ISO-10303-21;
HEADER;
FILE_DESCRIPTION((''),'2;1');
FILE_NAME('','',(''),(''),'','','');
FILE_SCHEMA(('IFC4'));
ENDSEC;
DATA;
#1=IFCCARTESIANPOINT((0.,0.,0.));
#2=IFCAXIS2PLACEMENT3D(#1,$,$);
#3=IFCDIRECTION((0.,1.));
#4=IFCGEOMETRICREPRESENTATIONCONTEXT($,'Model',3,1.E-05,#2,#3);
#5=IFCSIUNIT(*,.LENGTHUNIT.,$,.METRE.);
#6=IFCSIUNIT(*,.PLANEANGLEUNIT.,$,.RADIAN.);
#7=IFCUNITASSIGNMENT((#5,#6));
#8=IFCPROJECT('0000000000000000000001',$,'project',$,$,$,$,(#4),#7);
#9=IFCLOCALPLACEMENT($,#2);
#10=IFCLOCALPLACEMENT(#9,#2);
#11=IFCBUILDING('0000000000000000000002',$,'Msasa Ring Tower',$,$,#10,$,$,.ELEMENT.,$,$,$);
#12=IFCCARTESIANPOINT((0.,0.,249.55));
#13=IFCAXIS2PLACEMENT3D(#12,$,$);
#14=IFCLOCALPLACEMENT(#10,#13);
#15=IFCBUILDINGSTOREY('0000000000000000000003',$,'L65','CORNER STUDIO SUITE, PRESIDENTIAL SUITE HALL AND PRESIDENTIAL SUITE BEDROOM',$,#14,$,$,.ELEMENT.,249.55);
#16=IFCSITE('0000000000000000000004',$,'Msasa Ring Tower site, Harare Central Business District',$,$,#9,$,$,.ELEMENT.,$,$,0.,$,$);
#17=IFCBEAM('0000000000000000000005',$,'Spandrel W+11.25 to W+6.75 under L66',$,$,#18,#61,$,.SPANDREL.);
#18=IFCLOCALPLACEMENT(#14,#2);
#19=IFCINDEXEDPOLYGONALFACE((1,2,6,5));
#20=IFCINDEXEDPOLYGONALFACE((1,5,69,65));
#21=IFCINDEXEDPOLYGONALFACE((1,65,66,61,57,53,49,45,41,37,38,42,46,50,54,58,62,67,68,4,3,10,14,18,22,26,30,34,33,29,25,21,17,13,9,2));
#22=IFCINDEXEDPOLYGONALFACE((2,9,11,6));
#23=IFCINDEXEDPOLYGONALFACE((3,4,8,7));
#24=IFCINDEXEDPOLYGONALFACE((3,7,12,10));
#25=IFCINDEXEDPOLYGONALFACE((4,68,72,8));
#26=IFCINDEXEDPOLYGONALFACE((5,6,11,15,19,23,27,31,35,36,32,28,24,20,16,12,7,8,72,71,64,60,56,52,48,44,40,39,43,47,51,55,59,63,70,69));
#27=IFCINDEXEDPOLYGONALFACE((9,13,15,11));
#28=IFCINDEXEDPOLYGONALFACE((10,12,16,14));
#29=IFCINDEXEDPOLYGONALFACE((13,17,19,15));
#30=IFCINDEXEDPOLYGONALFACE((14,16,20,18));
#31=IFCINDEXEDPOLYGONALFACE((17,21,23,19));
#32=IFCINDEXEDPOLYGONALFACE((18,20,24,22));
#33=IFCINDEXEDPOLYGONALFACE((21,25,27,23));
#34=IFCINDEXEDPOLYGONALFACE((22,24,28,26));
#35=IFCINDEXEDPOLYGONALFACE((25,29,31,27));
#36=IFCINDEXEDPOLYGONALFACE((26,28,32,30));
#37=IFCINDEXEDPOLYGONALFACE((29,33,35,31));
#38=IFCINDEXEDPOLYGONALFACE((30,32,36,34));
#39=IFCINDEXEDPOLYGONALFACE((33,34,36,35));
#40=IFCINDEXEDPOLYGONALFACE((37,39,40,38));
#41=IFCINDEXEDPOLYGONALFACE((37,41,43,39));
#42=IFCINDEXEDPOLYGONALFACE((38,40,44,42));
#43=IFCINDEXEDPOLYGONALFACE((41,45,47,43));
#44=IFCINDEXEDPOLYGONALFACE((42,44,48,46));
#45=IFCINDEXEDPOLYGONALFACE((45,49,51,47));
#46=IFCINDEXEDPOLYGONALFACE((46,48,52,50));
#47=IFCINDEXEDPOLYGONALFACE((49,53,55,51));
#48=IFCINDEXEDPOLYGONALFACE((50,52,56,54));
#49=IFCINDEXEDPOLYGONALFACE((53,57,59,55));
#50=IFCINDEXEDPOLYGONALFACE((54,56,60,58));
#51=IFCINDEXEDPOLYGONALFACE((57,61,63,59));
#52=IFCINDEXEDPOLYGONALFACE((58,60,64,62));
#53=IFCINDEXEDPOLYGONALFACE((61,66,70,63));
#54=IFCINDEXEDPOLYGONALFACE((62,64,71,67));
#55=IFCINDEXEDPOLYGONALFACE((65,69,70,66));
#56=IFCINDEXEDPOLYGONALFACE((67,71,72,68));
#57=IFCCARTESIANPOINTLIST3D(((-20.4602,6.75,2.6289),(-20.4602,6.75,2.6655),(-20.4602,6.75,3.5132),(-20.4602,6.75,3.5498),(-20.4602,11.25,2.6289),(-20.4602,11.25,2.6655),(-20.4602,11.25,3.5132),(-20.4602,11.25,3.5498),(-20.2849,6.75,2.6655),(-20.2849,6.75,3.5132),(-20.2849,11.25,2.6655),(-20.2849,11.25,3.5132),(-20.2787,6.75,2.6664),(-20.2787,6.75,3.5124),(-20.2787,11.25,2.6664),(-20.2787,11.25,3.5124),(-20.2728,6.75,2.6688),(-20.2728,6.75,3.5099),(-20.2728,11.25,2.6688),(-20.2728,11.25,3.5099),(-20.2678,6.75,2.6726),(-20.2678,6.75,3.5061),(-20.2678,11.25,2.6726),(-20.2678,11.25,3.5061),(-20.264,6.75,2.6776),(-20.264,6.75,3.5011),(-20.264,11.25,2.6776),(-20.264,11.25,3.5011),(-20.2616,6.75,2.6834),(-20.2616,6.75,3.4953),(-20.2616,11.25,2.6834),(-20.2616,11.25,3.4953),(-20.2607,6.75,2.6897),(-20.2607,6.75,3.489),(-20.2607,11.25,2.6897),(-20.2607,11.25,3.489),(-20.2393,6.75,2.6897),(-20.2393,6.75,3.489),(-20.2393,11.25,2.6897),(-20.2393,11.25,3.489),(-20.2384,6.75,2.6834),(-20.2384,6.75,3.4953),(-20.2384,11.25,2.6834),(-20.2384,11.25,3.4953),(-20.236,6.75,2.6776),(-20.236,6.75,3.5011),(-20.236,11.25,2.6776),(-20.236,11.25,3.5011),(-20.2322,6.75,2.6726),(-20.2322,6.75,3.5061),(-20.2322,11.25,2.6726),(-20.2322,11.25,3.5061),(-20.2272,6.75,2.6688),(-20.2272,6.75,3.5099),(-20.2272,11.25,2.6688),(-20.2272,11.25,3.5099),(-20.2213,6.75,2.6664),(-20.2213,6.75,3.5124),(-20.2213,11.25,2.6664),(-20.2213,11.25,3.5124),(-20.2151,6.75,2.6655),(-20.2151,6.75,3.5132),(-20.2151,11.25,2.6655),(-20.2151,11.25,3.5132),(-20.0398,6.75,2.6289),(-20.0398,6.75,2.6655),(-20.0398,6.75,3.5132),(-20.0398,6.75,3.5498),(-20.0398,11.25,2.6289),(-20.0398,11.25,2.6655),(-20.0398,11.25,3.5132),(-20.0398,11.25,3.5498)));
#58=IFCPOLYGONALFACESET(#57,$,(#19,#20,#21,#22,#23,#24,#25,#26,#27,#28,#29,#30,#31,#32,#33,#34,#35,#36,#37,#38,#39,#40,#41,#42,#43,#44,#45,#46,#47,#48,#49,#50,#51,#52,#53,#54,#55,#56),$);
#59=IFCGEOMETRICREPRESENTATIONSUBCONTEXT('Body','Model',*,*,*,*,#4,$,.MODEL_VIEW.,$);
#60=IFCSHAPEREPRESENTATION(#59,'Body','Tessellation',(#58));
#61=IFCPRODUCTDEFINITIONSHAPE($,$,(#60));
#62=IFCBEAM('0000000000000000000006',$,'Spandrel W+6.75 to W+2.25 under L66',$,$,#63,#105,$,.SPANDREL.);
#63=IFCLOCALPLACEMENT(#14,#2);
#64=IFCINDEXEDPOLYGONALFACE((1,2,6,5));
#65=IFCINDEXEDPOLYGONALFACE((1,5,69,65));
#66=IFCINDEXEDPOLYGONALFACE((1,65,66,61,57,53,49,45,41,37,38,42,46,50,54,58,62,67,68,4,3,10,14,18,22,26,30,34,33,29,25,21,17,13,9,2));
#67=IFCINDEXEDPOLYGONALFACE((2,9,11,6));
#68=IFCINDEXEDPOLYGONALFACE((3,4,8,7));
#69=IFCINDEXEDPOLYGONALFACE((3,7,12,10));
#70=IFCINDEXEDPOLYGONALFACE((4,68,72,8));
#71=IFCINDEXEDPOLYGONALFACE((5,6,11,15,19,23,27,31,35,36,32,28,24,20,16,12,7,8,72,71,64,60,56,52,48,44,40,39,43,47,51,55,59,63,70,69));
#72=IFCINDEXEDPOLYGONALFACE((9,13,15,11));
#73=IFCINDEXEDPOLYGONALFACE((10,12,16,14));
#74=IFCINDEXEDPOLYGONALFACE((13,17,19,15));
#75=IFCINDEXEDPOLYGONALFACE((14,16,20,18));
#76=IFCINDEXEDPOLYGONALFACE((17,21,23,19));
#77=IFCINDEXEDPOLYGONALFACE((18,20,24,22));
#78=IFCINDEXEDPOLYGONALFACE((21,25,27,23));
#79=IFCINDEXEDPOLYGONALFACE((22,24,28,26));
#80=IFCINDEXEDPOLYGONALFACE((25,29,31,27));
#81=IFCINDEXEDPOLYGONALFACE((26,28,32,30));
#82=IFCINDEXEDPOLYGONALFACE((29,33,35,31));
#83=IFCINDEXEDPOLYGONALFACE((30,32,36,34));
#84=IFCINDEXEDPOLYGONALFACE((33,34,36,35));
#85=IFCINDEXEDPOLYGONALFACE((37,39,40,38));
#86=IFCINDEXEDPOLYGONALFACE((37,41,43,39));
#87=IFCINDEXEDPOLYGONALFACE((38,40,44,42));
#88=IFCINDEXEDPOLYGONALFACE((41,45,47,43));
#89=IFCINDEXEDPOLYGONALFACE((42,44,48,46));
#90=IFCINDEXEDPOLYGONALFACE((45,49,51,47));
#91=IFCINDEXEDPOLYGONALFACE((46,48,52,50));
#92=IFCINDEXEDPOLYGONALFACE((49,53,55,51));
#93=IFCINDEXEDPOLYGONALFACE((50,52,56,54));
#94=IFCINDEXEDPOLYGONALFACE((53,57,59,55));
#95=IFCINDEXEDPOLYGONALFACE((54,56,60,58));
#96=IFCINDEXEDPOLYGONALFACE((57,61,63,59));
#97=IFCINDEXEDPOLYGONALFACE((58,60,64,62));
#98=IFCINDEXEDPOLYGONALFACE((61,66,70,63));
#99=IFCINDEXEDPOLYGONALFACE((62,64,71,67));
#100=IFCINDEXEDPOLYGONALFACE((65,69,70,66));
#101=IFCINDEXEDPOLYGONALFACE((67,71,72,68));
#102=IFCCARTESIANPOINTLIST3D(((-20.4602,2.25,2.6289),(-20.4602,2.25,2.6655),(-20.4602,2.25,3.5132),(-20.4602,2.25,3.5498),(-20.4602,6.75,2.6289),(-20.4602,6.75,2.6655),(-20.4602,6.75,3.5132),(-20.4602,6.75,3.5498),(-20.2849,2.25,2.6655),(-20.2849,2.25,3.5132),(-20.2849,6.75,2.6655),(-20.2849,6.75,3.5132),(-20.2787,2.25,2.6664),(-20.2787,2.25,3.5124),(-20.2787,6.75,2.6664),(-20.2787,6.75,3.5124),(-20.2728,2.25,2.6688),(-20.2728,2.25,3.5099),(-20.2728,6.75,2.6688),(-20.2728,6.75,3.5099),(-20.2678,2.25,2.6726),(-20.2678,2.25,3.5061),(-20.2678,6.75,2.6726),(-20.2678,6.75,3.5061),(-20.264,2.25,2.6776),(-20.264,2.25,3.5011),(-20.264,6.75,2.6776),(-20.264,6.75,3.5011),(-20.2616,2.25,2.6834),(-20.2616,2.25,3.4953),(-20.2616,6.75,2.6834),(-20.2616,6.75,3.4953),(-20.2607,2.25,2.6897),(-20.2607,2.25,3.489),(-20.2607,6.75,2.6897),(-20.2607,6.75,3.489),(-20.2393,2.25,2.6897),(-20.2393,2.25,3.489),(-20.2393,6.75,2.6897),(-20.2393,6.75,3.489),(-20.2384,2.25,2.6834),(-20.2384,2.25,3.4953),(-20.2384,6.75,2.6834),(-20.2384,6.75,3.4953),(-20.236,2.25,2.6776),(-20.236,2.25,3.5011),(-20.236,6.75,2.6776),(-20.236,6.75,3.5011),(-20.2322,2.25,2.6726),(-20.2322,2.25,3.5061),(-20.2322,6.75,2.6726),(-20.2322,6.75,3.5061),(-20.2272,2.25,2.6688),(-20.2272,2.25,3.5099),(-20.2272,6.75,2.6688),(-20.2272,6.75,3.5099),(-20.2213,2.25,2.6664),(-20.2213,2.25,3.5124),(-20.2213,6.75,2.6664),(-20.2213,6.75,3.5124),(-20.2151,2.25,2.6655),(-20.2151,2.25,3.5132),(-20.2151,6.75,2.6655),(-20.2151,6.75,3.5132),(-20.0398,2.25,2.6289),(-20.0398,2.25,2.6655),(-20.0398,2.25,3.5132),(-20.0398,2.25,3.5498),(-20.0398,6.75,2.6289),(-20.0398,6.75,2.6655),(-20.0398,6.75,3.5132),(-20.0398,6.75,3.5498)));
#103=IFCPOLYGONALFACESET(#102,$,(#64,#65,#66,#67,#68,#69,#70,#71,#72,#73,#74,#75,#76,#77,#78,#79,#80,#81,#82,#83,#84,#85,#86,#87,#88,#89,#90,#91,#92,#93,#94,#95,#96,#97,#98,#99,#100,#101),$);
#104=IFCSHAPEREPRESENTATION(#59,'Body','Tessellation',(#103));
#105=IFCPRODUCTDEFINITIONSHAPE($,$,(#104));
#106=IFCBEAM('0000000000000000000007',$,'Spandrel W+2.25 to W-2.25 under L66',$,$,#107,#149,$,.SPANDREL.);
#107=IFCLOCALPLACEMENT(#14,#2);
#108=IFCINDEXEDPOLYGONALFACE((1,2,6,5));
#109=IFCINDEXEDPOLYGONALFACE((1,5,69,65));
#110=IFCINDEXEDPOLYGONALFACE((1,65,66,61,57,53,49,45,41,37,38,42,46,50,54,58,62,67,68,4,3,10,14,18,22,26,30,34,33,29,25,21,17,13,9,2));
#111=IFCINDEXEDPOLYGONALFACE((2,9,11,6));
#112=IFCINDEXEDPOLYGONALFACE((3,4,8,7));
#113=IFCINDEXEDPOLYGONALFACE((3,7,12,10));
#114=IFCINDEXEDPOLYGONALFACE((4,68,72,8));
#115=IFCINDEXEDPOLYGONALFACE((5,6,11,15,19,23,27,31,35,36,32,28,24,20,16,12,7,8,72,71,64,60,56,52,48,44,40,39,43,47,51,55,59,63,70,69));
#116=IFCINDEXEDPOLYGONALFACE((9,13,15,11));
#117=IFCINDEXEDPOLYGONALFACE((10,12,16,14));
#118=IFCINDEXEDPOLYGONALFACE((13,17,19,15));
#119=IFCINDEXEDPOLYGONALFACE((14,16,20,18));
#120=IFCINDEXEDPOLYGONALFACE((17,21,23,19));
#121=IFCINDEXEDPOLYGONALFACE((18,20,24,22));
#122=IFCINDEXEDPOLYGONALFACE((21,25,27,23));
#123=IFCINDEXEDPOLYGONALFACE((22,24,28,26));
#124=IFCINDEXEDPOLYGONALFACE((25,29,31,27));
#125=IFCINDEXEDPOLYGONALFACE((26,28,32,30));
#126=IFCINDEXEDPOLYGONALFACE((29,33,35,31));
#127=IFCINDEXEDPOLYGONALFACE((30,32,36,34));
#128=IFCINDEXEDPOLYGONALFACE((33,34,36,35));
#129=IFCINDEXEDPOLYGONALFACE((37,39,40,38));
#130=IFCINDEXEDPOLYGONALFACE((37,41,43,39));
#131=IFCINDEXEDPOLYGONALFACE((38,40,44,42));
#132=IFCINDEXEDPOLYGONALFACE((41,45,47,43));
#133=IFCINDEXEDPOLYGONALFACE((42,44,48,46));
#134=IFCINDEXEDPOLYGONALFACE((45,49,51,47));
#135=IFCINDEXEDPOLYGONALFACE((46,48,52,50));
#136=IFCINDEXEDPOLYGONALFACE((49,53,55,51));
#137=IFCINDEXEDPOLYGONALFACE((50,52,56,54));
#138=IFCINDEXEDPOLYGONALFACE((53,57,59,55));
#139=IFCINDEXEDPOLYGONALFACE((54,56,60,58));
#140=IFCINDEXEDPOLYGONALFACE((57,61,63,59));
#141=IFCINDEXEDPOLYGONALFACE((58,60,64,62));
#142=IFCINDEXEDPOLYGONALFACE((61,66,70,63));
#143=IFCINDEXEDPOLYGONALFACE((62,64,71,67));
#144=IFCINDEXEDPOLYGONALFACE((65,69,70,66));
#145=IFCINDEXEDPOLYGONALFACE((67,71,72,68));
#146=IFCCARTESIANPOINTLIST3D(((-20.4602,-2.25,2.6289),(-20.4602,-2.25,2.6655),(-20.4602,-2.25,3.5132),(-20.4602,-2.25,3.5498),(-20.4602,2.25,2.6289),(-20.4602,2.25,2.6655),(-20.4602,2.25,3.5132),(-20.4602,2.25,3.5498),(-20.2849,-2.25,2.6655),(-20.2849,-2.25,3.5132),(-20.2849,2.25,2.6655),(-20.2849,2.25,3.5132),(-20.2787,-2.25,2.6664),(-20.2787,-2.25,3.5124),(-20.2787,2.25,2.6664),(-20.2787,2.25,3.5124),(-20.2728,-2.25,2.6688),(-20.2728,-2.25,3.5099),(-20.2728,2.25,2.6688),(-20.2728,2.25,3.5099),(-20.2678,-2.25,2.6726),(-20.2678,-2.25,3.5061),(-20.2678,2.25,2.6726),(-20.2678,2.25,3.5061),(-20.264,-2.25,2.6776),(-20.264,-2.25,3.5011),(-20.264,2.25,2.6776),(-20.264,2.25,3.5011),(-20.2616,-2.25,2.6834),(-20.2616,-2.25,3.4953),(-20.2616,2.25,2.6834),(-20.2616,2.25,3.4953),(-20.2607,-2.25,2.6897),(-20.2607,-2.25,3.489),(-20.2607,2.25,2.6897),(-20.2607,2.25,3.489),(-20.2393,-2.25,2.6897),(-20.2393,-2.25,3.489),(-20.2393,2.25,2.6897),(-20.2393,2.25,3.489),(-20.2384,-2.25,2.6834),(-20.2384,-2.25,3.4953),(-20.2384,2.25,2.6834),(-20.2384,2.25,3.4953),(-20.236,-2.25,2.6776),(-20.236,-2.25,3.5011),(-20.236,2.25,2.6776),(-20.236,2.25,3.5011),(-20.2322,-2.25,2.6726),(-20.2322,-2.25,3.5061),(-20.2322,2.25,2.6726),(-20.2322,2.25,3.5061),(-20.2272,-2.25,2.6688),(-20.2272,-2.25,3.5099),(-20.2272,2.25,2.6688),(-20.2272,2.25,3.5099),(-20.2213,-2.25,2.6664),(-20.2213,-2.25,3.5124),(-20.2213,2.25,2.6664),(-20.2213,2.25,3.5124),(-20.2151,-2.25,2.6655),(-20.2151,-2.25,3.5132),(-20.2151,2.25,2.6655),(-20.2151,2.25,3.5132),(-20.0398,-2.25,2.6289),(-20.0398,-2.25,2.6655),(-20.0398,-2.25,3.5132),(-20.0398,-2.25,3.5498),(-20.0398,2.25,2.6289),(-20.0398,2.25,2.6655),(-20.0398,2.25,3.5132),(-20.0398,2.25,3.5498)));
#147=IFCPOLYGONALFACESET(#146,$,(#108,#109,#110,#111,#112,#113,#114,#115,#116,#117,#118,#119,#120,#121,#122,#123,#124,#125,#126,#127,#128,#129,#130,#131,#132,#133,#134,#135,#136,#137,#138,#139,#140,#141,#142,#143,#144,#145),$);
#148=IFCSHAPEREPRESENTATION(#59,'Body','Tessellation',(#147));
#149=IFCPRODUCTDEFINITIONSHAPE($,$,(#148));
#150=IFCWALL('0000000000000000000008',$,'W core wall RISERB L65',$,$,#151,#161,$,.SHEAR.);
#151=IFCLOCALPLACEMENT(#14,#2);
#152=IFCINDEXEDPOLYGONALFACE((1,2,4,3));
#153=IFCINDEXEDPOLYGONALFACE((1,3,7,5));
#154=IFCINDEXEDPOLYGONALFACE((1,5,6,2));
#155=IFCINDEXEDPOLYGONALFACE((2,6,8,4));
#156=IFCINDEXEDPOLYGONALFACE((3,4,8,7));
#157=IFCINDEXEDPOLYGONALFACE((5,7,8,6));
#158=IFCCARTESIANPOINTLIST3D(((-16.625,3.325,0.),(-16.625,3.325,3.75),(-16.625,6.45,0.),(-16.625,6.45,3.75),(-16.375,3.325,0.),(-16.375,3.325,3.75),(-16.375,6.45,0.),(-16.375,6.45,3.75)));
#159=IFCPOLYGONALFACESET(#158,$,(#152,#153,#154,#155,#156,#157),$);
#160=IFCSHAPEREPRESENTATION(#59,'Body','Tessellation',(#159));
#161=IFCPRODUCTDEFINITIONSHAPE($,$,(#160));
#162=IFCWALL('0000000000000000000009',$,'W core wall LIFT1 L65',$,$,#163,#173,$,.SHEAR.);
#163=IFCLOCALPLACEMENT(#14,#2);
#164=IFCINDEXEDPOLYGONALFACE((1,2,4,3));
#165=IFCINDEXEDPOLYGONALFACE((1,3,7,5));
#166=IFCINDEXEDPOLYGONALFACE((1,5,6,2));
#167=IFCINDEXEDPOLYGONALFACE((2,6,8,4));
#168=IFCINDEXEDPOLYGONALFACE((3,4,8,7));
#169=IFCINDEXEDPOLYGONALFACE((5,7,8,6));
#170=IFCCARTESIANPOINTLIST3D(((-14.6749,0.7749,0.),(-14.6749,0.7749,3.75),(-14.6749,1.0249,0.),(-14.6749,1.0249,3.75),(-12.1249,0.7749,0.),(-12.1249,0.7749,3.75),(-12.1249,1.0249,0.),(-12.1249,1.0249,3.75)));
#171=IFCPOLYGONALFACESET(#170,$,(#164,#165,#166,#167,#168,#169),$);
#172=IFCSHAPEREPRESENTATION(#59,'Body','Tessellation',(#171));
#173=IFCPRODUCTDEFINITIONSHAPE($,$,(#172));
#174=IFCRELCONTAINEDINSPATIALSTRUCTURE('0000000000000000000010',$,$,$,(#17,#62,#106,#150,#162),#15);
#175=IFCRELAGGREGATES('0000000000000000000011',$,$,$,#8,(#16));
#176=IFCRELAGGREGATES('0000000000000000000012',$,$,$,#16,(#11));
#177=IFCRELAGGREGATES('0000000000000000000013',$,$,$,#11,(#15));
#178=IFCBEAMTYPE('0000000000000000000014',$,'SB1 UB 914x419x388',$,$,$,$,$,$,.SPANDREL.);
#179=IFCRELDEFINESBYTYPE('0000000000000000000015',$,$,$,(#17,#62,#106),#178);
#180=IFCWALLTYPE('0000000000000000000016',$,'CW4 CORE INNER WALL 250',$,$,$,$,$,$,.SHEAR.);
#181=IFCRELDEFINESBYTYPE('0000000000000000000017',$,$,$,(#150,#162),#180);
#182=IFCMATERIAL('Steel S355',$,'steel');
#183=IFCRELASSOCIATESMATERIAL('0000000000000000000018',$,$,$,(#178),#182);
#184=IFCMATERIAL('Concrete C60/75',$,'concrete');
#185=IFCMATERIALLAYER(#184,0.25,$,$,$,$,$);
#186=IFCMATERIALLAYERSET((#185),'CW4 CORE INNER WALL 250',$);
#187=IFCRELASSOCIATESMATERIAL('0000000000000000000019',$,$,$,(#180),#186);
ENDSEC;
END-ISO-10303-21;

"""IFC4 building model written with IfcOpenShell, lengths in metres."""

from ifc_helpers import new_model, si_unit, direction, frame, frame_2d, origin, origin_2d, place, context, subcontext, project, spatial, rectangle, i_section, extrude, material, layer, layer_set, material_profile, profile_set, type_object, element, save


model = new_model("IFC4")

# Units and contexts
model_context = context("Model", 3, precision=1e-05, world=origin(), true_north=direction((0.0, 1.0)))
body_context = subcontext(model_context, "Body", "Model", "MODEL_VIEW")
ifc_project = project(units=[si_unit("LENGTHUNIT", "METRE"), si_unit("PLANEANGLEUNIT", "RADIAN")], contexts=[model_context])

# Site, building, storey
site_placement = place(None, origin())
site = spatial("IfcSite", under=ifc_project, at=site_placement, Name="Msasa Ring Tower site, Harare Central Business District", CompositionType="ELEMENT", RefElevation=0.0)
building_placement = place(site_placement, origin())
building = spatial("IfcBuilding", under=site, at=building_placement, Name="Msasa Ring Tower", CompositionType="ELEMENT")
storey_placement = place(building_placement, frame((0.0, 0.0, 249.55)))
storey = spatial("IfcBuildingStorey", under=building, at=storey_placement, Name="L65", Description="CORNER STUDIO SUITE, PRESIDENTIAL SUITE HALL AND PRESIDENTIAL SUITE BEDROOM", CompositionType="ELEMENT", Elevation=249.55)

# Beams
ifc_material_1 = material(Name="Steel S355", Category="steel")
ifc_material_profile_1 = material_profile(ifc_material_1, i_section(OverallWidth=0.4204, OverallDepth=0.9209, WebThickness=0.0215, FlangeThickness=0.0366, FilletRadius=0.0242, at=origin_2d()), Name="UB 914x419x388")
ifc_profile_set_1 = profile_set([ifc_material_profile_1], Name="Steel S355")
beam_type_1 = type_object("IfcBeamType", Name="SB1 UB 914x419x388", PredefinedType="SPANDREL", material=ifc_profile_set_1)
for number, where, z_axis, x_axis, name in (
    (1, (-20.25, 11.25, 3.0894), (0.0, -1.0, 0.0), (1.0, 0.0, 0.0), "Spandrel W+11.25 to W+6.75 under L66"),
    (2, (-20.25, 6.75, 3.0894), (0.0, -1.0, 0.0), (1.0, 0.0, 0.0), "Spandrel W+6.75 to W+2.25 under L66"),
    (3, (-20.25, 2.25, 3.0894), (0.0, -1.0, 0.0), (1.0, 0.0, 0.0), "Spandrel W+2.25 to W-2.25 under L66"),
):
    element("IfcBeam", number, at=place(storey_placement, frame(where, z_axis=z_axis, x_axis=x_axis)), inside=storey, type_object=beam_type_1, Name=name, PredefinedType="SPANDREL", context=body_context, shape_type="SweptSolid", body=[
        extrude(i_section(OverallWidth=0.4204, OverallDepth=0.9209, WebThickness=0.0215, FlangeThickness=0.0366, FilletRadius=0.0242, at=origin_2d()), origin(), (0.0, 0.0, 1.0), 4.5),
    ])

# Walls
ifc_material_2 = material(Name="Concrete C60/75", Category="concrete")
ifc_layer_1 = layer(ifc_material_2, 0.25)
ifc_layer_set_1 = layer_set([ifc_layer_1], Name="CW4 CORE INNER WALL 250")
wall_type_1 = type_object("IfcWallType", Name="CW4 CORE INNER WALL 250", PredefinedType="SHEAR", material=ifc_layer_set_1)
wall_1_placement = place(storey_placement, frame((-16.5, 3.325, 0.0), z_axis=(0.0, 0.0, 1.0), x_axis=(0.0, 1.0, 0.0)))
element("IfcWall", 4, at=wall_1_placement, inside=storey, type_object=wall_type_1, Name="W core wall RISERB L65", PredefinedType="SHEAR", context=body_context, shape_type="SweptSolid", body=[
    extrude(rectangle(XDim=3.125, YDim=0.25, at=frame_2d((1.5625, 0.0))), origin(), (0.0, 0.0, 1.0), 3.75),
])
wall_2_placement = place(storey_placement, frame((-12.125, 0.8999, 0.0), z_axis=(0.0, 0.0, 1.0), x_axis=(-1.0, 0.0, 0.0)))
element("IfcWall", 5, at=wall_2_placement, inside=storey, type_object=wall_type_1, Name="W core wall LIFT1 L65", PredefinedType="SHEAR", context=body_context, shape_type="SweptSolid", body=[
    extrude(rectangle(XDim=2.55, YDim=0.25, at=frame_2d((1.2749, 0.0))), origin(), (0.0, 0.0, 1.0), 3.75),
])

save(model, "model.ifc")
